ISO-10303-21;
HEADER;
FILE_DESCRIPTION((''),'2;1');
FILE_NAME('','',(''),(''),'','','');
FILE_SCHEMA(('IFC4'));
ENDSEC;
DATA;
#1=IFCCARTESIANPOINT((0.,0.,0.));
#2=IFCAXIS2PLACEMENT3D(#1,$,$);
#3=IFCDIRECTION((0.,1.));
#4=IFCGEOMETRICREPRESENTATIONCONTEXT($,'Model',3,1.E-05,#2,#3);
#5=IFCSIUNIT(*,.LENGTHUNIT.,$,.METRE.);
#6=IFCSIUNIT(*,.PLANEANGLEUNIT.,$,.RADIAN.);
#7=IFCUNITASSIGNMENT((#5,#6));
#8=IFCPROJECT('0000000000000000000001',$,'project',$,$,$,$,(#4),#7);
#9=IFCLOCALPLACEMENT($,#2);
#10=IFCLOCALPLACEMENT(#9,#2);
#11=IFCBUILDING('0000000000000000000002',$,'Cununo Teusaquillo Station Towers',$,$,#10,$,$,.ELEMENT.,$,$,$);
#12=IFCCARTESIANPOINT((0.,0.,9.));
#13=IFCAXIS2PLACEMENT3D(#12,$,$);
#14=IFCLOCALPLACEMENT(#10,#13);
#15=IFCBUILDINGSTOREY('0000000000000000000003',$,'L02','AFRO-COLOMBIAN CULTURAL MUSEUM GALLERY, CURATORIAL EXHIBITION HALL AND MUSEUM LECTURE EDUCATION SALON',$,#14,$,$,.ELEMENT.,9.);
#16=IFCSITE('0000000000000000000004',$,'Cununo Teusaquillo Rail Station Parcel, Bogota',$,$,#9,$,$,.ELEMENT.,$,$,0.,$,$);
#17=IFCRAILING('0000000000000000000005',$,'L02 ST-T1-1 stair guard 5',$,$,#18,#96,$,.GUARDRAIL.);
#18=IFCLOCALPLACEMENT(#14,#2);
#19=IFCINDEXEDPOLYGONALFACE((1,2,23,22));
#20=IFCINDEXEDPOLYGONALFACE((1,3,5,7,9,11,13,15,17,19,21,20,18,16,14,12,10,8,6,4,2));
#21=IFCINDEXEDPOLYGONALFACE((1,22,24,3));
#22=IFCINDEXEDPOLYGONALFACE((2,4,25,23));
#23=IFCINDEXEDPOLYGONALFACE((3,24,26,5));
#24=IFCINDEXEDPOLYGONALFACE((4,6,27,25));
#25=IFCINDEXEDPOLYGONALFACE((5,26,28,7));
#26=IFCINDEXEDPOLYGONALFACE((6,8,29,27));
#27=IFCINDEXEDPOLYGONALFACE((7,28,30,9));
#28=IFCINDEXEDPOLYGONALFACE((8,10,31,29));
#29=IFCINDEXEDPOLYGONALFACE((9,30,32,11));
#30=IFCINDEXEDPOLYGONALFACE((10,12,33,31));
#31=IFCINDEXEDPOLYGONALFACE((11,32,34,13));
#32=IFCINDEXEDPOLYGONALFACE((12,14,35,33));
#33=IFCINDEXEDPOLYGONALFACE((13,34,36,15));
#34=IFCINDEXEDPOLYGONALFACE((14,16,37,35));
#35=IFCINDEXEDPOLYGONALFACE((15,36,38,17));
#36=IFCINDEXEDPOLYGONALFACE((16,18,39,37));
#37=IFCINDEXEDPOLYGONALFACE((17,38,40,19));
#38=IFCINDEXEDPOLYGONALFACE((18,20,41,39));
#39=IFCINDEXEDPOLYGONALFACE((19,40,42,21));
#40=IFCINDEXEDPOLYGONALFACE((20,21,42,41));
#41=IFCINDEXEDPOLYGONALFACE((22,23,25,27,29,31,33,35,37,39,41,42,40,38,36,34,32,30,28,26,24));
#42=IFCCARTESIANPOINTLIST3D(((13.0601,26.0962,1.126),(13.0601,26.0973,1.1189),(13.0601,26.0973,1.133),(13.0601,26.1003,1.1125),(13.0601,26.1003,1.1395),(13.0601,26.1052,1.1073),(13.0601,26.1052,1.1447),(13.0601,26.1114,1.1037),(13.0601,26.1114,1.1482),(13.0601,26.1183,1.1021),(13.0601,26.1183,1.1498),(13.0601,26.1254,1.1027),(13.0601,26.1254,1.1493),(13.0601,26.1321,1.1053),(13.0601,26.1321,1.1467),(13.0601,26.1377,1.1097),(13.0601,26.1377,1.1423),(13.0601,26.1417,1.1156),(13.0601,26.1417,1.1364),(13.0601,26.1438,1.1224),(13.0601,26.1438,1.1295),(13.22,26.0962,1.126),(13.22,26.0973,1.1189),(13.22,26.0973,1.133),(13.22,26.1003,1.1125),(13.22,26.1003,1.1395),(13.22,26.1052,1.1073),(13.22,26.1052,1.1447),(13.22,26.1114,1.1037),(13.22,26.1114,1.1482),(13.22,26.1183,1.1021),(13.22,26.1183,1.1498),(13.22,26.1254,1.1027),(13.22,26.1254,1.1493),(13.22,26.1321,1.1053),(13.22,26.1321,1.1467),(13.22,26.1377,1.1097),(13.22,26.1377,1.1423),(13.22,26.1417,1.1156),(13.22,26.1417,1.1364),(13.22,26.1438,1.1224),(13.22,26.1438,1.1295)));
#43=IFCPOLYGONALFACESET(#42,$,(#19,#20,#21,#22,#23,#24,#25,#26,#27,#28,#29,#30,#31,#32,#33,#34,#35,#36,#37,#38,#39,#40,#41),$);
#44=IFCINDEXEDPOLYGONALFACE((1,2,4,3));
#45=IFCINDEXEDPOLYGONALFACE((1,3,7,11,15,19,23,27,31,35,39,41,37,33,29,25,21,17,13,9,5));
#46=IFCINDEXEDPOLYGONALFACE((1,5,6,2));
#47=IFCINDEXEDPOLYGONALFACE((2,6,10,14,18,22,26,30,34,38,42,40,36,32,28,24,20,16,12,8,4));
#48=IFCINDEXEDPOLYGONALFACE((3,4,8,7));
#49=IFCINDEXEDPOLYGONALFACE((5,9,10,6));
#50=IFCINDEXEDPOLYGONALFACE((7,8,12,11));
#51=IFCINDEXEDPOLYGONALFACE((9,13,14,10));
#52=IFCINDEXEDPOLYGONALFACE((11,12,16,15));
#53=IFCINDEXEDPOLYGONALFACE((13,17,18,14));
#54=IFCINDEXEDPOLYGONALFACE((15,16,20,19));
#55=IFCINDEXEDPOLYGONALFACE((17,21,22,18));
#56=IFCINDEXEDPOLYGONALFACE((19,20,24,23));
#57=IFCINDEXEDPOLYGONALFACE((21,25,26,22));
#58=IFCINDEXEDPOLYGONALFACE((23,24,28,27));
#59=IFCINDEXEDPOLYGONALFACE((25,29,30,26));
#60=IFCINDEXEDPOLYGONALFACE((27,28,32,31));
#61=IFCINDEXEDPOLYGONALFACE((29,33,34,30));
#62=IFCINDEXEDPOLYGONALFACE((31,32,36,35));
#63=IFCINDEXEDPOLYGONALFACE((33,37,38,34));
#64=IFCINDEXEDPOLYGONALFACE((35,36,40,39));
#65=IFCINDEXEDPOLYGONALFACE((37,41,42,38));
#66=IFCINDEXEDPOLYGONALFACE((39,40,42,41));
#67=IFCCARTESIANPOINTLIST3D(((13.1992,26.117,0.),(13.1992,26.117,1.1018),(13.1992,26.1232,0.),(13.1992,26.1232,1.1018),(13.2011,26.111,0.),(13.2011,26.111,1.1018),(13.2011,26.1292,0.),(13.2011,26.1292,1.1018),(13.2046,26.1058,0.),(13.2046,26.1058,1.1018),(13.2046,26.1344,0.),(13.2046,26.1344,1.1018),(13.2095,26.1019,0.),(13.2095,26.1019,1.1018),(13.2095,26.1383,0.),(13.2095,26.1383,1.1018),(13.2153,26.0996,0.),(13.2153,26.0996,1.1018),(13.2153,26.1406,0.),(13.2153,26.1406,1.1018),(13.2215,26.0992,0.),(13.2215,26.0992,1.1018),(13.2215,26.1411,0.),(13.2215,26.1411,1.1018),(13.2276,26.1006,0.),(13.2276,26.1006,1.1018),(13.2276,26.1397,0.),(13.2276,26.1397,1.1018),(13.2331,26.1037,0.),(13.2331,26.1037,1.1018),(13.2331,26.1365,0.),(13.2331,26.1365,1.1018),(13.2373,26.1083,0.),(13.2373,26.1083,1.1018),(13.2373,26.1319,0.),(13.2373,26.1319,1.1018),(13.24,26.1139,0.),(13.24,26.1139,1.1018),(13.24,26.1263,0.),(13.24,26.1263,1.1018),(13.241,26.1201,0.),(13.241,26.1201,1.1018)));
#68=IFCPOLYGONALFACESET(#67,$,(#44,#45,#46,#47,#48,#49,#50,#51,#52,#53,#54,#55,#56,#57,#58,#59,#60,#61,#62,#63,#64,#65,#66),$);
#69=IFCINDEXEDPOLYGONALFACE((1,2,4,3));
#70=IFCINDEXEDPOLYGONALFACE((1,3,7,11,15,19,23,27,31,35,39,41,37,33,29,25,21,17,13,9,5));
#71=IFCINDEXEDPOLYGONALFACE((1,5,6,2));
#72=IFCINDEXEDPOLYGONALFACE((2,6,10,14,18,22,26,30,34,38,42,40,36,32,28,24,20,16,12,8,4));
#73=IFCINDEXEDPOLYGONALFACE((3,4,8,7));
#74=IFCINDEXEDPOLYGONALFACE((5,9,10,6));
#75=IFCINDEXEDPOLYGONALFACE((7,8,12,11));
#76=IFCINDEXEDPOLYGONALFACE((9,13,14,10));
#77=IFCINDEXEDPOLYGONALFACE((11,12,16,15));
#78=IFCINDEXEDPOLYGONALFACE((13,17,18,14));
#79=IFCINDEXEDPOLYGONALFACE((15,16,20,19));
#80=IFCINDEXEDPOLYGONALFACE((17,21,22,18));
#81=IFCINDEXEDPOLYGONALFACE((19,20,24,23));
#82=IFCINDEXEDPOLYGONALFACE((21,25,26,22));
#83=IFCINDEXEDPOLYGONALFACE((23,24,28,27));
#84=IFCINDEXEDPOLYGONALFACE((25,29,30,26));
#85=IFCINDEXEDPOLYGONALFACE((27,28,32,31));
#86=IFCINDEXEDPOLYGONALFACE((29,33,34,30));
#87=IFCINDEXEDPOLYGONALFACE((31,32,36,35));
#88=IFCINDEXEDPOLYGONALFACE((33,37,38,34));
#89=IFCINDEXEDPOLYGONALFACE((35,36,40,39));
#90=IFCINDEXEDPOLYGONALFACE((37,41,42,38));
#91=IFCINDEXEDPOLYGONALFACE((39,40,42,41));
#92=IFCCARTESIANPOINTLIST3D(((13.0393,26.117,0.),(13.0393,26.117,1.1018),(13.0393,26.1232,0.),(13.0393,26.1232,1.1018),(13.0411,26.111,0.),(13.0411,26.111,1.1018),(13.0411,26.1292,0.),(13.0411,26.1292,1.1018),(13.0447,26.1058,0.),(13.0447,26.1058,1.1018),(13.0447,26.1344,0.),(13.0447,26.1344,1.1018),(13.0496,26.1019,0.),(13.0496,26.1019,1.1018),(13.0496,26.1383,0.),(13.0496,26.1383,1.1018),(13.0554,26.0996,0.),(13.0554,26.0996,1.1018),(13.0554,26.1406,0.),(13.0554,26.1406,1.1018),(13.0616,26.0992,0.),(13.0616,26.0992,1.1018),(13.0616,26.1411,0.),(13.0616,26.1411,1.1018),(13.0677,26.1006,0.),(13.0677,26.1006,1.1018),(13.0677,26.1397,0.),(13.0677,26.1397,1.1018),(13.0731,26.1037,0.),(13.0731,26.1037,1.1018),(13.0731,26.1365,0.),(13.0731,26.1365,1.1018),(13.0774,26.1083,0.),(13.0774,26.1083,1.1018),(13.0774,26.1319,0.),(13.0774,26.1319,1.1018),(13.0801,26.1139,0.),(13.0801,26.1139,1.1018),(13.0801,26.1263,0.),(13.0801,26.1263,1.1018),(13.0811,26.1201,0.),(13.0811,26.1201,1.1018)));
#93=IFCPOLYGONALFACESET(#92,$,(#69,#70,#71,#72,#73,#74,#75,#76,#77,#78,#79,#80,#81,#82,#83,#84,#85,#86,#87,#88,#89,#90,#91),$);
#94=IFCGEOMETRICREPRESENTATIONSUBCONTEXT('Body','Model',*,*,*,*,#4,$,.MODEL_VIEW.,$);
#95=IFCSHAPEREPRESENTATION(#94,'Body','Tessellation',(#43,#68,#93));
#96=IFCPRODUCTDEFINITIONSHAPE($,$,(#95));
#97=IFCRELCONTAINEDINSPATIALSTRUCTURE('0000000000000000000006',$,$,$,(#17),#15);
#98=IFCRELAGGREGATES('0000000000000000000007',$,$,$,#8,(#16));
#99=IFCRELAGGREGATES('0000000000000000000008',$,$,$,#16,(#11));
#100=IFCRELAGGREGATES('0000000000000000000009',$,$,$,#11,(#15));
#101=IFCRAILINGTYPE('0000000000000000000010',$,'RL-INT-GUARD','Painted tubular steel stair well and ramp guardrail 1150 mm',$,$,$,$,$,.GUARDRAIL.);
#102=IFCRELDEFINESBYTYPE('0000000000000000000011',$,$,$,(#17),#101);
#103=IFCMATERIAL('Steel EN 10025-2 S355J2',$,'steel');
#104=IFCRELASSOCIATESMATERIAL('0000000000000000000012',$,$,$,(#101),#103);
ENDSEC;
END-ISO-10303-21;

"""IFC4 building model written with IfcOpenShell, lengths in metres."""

from ifc_helpers import new_model, si_unit, direction, frame, origin, origin_2d, place, context, subcontext, project, spatial, circle, extrude, material, type_object, element, save


model = new_model("IFC4")

# Units and contexts
model_context = context("Model", 3, precision=1e-05, world=origin(), true_north=direction((0.0, 1.0)))
body_context = subcontext(model_context, "Body", "Model", "MODEL_VIEW")
ifc_project = project(units=[si_unit("LENGTHUNIT", "METRE"), si_unit("PLANEANGLEUNIT", "RADIAN")], contexts=[model_context])

# Site, building, storey
site_placement = place(None, origin())
site = spatial("IfcSite", under=ifc_project, at=site_placement, Name="Cununo Teusaquillo Rail Station Parcel, Bogota", CompositionType="ELEMENT", RefElevation=0.0)
building_placement = place(site_placement, origin())
building = spatial("IfcBuilding", under=site, at=building_placement, Name="Cununo Teusaquillo Station Towers", CompositionType="ELEMENT")
storey_placement = place(building_placement, frame((0.0, 0.0, 9.0)))
storey = spatial("IfcBuildingStorey", under=building, at=storey_placement, Name="L02", Description="AFRO-COLOMBIAN CULTURAL MUSEUM GALLERY, CURATORIAL EXHIBITION HALL AND MUSEUM LECTURE EDUCATION SALON", CompositionType="ELEMENT", Elevation=9.0)

# Railing
ifc_material_1 = material(Name="Steel EN 10025-2 S355J2", Category="steel")
railing_type_1 = type_object("IfcRailingType", Name="RL-INT-GUARD", Description="Painted tubular steel stair well and ramp guardrail 1150 mm", PredefinedType="GUARDRAIL", material=ifc_material_1)
railing_1_placement = place(storey_placement, frame((13.22, 26.1201, 0.0)))
element("IfcRailing", 1, at=railing_1_placement, inside=storey, type_object=railing_type_1, Name="L02 ST-T1-1 stair guard 5", PredefinedType="GUARDRAIL", context=body_context, shape_type="SweptSolid", body=[
    extrude(circle(Radius=0.0239, at=origin_2d()), frame((0.0, 0.0, 1.126), z_axis=(-1.0, 0.0, 0.0), x_axis=(0.0, -1.0, 0.0)), (0.0, 0.0, 1.0), 0.1599),
    extrude(circle(Radius=0.021, at=origin_2d()), origin(), (0.0, 0.0, 1.0), 1.1018),
    extrude(circle(Radius=0.021, at=origin_2d()), frame((-0.1599, 0.0, 0.0)), (0.0, 0.0, 1.0), 1.1018),
])

save(model, "model.ifc")
